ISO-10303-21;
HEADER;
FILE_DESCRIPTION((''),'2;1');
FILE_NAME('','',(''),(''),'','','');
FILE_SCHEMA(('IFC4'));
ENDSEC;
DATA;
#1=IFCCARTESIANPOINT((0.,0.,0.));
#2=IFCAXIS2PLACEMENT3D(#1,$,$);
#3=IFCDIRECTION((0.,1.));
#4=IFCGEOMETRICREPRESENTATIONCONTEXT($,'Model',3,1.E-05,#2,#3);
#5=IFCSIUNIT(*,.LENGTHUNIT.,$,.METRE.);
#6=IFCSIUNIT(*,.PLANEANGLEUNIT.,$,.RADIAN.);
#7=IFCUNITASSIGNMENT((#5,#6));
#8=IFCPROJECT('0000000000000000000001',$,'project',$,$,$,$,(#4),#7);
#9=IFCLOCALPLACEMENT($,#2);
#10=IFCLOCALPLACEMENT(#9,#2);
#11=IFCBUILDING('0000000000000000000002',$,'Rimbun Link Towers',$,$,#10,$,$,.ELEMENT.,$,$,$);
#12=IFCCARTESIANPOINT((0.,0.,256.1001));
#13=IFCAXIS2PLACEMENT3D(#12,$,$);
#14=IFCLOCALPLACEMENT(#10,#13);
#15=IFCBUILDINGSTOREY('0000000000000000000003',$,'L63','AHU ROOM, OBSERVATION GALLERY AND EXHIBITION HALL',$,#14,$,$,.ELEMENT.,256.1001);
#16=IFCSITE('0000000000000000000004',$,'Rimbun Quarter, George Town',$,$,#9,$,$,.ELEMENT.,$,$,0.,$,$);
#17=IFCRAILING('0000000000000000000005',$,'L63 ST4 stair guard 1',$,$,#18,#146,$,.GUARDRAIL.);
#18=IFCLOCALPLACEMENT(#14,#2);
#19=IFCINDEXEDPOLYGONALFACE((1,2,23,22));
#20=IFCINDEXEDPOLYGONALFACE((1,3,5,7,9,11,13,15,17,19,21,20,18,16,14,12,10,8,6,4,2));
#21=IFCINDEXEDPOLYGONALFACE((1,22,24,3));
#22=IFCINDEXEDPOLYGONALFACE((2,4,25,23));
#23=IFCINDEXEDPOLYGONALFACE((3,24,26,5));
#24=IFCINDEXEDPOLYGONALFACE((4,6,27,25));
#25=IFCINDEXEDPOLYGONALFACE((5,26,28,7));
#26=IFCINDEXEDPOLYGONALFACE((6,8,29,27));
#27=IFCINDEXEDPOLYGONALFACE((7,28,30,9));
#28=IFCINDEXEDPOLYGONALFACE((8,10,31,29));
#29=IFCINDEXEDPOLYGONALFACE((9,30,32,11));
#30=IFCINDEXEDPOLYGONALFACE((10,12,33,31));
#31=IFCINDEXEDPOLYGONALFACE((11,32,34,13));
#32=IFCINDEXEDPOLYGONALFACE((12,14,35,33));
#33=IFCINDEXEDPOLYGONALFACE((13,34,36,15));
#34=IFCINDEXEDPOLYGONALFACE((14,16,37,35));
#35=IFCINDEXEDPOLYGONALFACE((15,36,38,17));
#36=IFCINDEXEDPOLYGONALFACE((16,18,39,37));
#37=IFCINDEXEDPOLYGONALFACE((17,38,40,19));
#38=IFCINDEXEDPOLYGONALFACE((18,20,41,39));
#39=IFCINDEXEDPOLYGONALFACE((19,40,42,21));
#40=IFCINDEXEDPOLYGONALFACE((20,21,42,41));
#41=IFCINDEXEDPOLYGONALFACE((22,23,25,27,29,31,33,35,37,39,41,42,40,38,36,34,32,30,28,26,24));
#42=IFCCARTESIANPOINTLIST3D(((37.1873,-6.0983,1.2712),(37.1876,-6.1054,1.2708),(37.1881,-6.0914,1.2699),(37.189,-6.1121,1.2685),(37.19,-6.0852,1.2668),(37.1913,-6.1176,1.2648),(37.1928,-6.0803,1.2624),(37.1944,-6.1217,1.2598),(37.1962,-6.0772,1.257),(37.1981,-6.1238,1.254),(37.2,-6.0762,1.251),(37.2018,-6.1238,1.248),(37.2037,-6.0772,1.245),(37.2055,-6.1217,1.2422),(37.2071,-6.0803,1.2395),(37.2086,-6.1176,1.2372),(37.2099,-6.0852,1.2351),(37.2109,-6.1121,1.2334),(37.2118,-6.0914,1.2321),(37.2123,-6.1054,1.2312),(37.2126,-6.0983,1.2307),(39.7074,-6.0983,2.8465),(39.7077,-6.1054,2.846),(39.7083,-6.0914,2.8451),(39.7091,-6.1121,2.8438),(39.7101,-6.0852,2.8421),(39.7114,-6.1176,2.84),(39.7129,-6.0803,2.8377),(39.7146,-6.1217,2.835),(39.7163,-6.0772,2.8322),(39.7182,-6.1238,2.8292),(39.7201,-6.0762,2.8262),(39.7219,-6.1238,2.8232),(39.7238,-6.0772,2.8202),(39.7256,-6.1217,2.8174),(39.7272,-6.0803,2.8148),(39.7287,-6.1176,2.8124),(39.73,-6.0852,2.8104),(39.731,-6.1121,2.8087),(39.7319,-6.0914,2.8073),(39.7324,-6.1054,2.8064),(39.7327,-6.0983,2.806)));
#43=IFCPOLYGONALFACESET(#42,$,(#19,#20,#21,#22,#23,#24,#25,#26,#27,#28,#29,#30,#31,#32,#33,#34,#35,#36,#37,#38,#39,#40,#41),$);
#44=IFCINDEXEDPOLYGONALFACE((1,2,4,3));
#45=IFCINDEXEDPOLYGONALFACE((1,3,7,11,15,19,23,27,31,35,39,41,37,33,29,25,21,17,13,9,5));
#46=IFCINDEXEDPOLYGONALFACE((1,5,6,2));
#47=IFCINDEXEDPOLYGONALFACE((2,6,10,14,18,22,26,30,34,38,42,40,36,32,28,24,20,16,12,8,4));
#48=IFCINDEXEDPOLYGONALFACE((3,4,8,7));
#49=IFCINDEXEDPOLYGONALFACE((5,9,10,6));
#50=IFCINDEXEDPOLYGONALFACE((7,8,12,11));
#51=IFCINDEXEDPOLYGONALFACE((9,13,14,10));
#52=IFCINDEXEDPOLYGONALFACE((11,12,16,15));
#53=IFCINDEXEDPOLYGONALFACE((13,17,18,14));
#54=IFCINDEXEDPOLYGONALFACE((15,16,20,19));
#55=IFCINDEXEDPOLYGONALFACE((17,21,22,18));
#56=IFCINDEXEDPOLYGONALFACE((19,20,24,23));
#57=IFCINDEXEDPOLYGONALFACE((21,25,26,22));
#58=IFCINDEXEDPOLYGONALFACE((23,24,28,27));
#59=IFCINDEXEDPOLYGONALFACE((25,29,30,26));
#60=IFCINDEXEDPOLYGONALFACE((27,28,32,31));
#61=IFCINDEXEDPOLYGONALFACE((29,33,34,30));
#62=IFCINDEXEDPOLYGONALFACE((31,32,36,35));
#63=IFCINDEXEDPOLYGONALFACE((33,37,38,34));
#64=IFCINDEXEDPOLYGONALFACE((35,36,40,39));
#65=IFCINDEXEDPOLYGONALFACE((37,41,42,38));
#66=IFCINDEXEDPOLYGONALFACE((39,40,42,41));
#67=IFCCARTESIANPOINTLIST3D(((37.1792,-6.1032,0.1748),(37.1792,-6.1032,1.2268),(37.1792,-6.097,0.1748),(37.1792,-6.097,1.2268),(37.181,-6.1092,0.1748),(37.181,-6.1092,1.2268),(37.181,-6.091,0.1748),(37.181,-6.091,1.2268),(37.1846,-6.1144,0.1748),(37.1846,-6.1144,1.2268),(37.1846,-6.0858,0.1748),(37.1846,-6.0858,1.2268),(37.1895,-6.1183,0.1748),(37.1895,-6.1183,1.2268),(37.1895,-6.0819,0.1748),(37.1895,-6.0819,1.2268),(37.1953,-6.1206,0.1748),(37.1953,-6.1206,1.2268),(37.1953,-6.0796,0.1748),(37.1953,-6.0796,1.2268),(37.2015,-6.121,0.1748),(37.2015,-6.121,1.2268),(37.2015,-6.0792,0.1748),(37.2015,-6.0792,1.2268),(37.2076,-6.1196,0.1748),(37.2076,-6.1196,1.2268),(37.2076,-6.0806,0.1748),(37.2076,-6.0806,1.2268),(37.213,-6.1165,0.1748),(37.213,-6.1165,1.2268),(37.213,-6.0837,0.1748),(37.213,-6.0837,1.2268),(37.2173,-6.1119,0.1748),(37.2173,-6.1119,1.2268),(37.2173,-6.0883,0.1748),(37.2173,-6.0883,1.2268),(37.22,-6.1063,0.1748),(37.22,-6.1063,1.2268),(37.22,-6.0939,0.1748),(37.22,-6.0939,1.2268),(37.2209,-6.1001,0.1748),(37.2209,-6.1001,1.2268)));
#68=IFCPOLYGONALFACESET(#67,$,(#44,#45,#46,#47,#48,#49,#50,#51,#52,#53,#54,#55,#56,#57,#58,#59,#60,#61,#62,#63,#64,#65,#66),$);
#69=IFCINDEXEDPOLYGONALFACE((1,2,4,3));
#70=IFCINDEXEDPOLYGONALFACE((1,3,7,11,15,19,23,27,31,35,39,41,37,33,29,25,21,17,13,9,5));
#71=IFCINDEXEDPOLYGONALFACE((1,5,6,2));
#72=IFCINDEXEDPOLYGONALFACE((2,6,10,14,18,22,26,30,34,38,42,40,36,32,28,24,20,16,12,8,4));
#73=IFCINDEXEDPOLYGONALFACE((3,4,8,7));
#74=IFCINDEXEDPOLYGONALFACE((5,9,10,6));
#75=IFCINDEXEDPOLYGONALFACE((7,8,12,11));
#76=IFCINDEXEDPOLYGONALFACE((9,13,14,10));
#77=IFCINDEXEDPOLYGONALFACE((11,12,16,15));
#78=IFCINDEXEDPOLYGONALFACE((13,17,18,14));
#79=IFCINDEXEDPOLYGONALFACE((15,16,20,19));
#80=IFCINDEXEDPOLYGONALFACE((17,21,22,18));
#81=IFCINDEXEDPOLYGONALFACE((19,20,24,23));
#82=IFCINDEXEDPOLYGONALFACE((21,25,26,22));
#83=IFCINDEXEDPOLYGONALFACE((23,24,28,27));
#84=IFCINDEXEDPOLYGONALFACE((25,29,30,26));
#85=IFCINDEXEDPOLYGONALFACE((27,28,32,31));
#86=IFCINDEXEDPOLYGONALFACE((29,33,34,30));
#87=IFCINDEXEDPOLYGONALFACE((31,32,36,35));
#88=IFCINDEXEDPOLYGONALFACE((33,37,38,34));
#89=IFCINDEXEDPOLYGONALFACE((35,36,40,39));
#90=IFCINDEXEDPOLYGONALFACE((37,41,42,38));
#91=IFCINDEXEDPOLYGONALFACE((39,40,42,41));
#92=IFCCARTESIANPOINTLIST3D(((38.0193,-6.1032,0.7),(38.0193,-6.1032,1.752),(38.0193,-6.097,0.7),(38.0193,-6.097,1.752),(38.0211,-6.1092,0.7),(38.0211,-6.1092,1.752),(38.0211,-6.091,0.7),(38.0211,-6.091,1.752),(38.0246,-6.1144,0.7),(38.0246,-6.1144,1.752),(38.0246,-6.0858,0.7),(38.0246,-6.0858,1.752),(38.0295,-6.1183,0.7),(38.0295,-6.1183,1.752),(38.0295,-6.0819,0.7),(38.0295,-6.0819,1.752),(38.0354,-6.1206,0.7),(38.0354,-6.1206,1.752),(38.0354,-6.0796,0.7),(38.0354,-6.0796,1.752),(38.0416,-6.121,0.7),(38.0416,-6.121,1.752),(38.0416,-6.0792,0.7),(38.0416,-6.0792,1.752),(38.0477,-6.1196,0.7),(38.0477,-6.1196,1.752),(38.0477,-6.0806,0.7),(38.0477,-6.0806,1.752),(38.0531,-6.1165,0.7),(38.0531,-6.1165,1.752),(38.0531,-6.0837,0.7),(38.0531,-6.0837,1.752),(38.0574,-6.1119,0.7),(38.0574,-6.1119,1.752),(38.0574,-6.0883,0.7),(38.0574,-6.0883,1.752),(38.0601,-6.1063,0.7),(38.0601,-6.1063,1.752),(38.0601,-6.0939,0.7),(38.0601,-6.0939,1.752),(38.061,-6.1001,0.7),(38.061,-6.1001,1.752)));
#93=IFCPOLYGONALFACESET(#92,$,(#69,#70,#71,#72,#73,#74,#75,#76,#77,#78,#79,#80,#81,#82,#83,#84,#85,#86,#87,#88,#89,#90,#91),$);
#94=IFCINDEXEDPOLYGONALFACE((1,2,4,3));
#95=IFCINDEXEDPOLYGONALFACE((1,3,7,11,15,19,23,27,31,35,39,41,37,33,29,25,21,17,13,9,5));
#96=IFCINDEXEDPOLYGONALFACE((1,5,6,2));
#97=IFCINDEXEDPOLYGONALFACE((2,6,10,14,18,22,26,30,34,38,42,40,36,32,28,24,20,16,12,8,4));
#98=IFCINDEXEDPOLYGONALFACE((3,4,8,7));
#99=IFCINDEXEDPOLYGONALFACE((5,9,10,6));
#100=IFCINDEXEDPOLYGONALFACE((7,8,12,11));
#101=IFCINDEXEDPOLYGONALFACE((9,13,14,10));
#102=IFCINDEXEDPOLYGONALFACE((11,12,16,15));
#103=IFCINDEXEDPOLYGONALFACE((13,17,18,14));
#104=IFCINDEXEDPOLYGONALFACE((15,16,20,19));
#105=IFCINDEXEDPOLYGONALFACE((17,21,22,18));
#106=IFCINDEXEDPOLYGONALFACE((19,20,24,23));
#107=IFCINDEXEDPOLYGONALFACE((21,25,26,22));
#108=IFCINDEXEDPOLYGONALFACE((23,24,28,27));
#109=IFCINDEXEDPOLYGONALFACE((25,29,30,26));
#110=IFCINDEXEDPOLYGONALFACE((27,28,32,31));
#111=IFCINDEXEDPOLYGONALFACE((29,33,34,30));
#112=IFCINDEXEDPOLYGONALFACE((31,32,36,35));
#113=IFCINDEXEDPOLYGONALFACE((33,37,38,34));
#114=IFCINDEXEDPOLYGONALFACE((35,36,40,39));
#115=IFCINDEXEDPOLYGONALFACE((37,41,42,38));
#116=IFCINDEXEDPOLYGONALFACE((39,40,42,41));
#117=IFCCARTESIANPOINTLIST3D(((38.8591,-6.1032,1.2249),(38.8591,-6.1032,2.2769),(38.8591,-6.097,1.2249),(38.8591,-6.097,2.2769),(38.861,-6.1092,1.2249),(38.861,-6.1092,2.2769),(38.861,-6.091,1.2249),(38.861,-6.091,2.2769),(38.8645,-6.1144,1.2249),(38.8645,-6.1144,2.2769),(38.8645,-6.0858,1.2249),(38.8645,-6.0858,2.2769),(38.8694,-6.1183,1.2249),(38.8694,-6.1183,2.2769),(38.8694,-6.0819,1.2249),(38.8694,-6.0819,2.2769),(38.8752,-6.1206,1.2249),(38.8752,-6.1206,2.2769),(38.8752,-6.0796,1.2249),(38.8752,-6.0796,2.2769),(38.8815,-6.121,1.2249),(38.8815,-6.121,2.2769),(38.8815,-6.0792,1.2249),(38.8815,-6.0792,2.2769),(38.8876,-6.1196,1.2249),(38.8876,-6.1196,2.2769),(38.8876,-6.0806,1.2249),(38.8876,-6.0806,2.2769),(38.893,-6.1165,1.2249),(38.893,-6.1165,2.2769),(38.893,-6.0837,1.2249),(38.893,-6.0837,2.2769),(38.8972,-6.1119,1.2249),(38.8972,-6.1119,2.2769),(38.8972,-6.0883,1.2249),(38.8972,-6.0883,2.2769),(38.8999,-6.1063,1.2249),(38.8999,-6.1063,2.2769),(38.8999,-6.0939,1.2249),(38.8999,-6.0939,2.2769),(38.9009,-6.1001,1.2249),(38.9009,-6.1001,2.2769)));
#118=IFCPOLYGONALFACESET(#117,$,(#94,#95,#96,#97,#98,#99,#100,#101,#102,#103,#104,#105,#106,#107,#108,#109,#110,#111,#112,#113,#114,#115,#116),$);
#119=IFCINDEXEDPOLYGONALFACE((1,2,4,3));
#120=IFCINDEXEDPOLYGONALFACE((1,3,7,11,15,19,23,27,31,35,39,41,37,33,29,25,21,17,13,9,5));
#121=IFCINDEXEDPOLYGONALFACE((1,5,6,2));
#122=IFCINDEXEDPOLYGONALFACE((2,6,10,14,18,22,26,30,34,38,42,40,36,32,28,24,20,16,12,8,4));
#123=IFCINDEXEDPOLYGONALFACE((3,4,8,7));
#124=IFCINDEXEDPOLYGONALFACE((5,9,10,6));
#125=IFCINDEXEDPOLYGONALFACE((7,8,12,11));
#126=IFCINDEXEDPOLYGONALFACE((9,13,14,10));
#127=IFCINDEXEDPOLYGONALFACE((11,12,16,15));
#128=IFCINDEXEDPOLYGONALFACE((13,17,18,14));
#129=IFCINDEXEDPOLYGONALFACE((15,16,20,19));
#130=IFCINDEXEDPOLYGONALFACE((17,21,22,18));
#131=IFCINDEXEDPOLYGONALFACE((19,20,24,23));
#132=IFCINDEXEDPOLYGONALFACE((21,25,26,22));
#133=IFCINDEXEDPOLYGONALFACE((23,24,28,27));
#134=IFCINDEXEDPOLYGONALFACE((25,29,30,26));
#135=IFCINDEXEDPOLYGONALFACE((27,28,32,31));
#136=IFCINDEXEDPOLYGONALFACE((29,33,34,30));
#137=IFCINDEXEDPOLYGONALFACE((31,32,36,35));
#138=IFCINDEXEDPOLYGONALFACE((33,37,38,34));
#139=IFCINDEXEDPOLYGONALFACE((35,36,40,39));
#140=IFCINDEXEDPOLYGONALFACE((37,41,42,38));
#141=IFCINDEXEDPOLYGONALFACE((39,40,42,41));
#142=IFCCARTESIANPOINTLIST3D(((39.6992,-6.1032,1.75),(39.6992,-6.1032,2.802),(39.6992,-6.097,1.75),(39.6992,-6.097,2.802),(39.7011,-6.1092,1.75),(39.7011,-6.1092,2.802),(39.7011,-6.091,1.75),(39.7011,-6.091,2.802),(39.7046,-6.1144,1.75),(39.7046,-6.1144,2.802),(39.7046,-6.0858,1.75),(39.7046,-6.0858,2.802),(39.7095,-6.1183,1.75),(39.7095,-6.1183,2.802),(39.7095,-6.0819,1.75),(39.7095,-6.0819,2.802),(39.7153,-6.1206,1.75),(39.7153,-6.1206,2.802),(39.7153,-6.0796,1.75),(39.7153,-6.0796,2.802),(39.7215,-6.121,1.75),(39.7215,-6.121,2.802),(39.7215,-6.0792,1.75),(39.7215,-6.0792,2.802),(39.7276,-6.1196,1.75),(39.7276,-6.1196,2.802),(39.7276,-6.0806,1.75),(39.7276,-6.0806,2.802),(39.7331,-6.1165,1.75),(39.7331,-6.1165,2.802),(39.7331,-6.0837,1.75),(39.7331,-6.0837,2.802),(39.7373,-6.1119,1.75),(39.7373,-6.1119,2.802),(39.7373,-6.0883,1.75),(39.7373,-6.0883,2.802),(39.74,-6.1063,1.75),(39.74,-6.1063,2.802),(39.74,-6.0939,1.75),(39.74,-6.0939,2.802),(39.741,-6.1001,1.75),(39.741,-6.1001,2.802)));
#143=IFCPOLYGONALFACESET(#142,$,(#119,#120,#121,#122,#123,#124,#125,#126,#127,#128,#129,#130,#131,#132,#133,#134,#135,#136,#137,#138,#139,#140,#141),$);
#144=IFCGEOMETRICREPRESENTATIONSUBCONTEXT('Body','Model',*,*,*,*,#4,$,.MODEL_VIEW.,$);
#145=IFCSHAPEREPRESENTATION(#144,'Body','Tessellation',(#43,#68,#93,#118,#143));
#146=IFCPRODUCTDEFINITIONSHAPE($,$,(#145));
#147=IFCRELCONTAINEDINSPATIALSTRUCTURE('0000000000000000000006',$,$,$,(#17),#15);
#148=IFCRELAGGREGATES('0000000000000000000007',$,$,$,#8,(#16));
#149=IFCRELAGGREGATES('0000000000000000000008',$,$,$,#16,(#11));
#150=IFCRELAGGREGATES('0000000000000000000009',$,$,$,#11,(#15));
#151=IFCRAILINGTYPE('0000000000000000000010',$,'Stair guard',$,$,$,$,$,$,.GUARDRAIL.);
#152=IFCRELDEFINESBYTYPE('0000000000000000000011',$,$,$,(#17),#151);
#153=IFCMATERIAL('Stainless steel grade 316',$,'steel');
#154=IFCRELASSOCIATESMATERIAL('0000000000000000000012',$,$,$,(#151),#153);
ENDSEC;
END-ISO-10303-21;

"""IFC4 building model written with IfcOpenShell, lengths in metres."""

from ifc_helpers import new_model, si_unit, direction, frame, origin, origin_2d, place, context, subcontext, project, spatial, circle, extrude, material, type_object, element, save


model = new_model("IFC4")

# Units and contexts
model_context = context("Model", 3, precision=1e-05, world=origin(), true_north=direction((0.0, 1.0)))
body_context = subcontext(model_context, "Body", "Model", "MODEL_VIEW")
ifc_project = project(units=[si_unit("LENGTHUNIT", "METRE"), si_unit("PLANEANGLEUNIT", "RADIAN")], contexts=[model_context])

# Site, building, storey
site_placement = place(None, origin())
site = spatial("IfcSite", under=ifc_project, at=site_placement, Name="Rimbun Quarter, George Town", CompositionType="ELEMENT", RefElevation=0.0)
building_placement = place(site_placement, origin())
building = spatial("IfcBuilding", under=site, at=building_placement, Name="Rimbun Link Towers", CompositionType="ELEMENT")
storey_placement = place(building_placement, frame((0.0, 0.0, 256.1001)))
storey = spatial("IfcBuildingStorey", under=building, at=storey_placement, Name="L63", Description="AHU ROOM, OBSERVATION GALLERY AND EXHIBITION HALL", CompositionType="ELEMENT", Elevation=256.1001)

# Railing
ifc_material_1 = material(Name="Stainless steel grade 316", Category="steel")
railing_type_1 = type_object("IfcRailingType", Name="Stair guard", PredefinedType="GUARDRAIL", material=ifc_material_1)
railing_1_placement = place(storey_placement, frame((37.2, -6.1001, 0.1748)))
element("IfcRailing", 1, at=railing_1_placement, inside=storey, type_object=railing_type_1, Name="L63 ST4 stair guard 1", PredefinedType="GUARDRAIL", context=body_context, shape_type="SweptSolid", body=[
    extrude(circle(Radius=0.0239, at=origin_2d()), frame((0.0, 0.0, 1.0762), z_axis=(0.847971, 0.0, 0.530043), x_axis=(0.0, 1.0, 0.0)), (0.0, 0.0, 1.0), 2.9719),
    extrude(circle(Radius=0.021, at=origin_2d()), origin(), (0.0, 0.0, 1.0), 1.052),
    extrude(circle(Radius=0.021, at=origin_2d()), frame((0.8401, 0.0, 0.5251)), (0.0, 0.0, 1.0), 1.052),
    extrude(circle(Radius=0.021, at=origin_2d()), frame((1.6799, 0.0, 1.05)), (0.0, 0.0, 1.0), 1.052),
    extrude(circle(Radius=0.021, at=origin_2d()), frame((2.52, 0.0, 1.5752)), (0.0, 0.0, 1.0), 1.052),
])

save(model, "model.ifc")
